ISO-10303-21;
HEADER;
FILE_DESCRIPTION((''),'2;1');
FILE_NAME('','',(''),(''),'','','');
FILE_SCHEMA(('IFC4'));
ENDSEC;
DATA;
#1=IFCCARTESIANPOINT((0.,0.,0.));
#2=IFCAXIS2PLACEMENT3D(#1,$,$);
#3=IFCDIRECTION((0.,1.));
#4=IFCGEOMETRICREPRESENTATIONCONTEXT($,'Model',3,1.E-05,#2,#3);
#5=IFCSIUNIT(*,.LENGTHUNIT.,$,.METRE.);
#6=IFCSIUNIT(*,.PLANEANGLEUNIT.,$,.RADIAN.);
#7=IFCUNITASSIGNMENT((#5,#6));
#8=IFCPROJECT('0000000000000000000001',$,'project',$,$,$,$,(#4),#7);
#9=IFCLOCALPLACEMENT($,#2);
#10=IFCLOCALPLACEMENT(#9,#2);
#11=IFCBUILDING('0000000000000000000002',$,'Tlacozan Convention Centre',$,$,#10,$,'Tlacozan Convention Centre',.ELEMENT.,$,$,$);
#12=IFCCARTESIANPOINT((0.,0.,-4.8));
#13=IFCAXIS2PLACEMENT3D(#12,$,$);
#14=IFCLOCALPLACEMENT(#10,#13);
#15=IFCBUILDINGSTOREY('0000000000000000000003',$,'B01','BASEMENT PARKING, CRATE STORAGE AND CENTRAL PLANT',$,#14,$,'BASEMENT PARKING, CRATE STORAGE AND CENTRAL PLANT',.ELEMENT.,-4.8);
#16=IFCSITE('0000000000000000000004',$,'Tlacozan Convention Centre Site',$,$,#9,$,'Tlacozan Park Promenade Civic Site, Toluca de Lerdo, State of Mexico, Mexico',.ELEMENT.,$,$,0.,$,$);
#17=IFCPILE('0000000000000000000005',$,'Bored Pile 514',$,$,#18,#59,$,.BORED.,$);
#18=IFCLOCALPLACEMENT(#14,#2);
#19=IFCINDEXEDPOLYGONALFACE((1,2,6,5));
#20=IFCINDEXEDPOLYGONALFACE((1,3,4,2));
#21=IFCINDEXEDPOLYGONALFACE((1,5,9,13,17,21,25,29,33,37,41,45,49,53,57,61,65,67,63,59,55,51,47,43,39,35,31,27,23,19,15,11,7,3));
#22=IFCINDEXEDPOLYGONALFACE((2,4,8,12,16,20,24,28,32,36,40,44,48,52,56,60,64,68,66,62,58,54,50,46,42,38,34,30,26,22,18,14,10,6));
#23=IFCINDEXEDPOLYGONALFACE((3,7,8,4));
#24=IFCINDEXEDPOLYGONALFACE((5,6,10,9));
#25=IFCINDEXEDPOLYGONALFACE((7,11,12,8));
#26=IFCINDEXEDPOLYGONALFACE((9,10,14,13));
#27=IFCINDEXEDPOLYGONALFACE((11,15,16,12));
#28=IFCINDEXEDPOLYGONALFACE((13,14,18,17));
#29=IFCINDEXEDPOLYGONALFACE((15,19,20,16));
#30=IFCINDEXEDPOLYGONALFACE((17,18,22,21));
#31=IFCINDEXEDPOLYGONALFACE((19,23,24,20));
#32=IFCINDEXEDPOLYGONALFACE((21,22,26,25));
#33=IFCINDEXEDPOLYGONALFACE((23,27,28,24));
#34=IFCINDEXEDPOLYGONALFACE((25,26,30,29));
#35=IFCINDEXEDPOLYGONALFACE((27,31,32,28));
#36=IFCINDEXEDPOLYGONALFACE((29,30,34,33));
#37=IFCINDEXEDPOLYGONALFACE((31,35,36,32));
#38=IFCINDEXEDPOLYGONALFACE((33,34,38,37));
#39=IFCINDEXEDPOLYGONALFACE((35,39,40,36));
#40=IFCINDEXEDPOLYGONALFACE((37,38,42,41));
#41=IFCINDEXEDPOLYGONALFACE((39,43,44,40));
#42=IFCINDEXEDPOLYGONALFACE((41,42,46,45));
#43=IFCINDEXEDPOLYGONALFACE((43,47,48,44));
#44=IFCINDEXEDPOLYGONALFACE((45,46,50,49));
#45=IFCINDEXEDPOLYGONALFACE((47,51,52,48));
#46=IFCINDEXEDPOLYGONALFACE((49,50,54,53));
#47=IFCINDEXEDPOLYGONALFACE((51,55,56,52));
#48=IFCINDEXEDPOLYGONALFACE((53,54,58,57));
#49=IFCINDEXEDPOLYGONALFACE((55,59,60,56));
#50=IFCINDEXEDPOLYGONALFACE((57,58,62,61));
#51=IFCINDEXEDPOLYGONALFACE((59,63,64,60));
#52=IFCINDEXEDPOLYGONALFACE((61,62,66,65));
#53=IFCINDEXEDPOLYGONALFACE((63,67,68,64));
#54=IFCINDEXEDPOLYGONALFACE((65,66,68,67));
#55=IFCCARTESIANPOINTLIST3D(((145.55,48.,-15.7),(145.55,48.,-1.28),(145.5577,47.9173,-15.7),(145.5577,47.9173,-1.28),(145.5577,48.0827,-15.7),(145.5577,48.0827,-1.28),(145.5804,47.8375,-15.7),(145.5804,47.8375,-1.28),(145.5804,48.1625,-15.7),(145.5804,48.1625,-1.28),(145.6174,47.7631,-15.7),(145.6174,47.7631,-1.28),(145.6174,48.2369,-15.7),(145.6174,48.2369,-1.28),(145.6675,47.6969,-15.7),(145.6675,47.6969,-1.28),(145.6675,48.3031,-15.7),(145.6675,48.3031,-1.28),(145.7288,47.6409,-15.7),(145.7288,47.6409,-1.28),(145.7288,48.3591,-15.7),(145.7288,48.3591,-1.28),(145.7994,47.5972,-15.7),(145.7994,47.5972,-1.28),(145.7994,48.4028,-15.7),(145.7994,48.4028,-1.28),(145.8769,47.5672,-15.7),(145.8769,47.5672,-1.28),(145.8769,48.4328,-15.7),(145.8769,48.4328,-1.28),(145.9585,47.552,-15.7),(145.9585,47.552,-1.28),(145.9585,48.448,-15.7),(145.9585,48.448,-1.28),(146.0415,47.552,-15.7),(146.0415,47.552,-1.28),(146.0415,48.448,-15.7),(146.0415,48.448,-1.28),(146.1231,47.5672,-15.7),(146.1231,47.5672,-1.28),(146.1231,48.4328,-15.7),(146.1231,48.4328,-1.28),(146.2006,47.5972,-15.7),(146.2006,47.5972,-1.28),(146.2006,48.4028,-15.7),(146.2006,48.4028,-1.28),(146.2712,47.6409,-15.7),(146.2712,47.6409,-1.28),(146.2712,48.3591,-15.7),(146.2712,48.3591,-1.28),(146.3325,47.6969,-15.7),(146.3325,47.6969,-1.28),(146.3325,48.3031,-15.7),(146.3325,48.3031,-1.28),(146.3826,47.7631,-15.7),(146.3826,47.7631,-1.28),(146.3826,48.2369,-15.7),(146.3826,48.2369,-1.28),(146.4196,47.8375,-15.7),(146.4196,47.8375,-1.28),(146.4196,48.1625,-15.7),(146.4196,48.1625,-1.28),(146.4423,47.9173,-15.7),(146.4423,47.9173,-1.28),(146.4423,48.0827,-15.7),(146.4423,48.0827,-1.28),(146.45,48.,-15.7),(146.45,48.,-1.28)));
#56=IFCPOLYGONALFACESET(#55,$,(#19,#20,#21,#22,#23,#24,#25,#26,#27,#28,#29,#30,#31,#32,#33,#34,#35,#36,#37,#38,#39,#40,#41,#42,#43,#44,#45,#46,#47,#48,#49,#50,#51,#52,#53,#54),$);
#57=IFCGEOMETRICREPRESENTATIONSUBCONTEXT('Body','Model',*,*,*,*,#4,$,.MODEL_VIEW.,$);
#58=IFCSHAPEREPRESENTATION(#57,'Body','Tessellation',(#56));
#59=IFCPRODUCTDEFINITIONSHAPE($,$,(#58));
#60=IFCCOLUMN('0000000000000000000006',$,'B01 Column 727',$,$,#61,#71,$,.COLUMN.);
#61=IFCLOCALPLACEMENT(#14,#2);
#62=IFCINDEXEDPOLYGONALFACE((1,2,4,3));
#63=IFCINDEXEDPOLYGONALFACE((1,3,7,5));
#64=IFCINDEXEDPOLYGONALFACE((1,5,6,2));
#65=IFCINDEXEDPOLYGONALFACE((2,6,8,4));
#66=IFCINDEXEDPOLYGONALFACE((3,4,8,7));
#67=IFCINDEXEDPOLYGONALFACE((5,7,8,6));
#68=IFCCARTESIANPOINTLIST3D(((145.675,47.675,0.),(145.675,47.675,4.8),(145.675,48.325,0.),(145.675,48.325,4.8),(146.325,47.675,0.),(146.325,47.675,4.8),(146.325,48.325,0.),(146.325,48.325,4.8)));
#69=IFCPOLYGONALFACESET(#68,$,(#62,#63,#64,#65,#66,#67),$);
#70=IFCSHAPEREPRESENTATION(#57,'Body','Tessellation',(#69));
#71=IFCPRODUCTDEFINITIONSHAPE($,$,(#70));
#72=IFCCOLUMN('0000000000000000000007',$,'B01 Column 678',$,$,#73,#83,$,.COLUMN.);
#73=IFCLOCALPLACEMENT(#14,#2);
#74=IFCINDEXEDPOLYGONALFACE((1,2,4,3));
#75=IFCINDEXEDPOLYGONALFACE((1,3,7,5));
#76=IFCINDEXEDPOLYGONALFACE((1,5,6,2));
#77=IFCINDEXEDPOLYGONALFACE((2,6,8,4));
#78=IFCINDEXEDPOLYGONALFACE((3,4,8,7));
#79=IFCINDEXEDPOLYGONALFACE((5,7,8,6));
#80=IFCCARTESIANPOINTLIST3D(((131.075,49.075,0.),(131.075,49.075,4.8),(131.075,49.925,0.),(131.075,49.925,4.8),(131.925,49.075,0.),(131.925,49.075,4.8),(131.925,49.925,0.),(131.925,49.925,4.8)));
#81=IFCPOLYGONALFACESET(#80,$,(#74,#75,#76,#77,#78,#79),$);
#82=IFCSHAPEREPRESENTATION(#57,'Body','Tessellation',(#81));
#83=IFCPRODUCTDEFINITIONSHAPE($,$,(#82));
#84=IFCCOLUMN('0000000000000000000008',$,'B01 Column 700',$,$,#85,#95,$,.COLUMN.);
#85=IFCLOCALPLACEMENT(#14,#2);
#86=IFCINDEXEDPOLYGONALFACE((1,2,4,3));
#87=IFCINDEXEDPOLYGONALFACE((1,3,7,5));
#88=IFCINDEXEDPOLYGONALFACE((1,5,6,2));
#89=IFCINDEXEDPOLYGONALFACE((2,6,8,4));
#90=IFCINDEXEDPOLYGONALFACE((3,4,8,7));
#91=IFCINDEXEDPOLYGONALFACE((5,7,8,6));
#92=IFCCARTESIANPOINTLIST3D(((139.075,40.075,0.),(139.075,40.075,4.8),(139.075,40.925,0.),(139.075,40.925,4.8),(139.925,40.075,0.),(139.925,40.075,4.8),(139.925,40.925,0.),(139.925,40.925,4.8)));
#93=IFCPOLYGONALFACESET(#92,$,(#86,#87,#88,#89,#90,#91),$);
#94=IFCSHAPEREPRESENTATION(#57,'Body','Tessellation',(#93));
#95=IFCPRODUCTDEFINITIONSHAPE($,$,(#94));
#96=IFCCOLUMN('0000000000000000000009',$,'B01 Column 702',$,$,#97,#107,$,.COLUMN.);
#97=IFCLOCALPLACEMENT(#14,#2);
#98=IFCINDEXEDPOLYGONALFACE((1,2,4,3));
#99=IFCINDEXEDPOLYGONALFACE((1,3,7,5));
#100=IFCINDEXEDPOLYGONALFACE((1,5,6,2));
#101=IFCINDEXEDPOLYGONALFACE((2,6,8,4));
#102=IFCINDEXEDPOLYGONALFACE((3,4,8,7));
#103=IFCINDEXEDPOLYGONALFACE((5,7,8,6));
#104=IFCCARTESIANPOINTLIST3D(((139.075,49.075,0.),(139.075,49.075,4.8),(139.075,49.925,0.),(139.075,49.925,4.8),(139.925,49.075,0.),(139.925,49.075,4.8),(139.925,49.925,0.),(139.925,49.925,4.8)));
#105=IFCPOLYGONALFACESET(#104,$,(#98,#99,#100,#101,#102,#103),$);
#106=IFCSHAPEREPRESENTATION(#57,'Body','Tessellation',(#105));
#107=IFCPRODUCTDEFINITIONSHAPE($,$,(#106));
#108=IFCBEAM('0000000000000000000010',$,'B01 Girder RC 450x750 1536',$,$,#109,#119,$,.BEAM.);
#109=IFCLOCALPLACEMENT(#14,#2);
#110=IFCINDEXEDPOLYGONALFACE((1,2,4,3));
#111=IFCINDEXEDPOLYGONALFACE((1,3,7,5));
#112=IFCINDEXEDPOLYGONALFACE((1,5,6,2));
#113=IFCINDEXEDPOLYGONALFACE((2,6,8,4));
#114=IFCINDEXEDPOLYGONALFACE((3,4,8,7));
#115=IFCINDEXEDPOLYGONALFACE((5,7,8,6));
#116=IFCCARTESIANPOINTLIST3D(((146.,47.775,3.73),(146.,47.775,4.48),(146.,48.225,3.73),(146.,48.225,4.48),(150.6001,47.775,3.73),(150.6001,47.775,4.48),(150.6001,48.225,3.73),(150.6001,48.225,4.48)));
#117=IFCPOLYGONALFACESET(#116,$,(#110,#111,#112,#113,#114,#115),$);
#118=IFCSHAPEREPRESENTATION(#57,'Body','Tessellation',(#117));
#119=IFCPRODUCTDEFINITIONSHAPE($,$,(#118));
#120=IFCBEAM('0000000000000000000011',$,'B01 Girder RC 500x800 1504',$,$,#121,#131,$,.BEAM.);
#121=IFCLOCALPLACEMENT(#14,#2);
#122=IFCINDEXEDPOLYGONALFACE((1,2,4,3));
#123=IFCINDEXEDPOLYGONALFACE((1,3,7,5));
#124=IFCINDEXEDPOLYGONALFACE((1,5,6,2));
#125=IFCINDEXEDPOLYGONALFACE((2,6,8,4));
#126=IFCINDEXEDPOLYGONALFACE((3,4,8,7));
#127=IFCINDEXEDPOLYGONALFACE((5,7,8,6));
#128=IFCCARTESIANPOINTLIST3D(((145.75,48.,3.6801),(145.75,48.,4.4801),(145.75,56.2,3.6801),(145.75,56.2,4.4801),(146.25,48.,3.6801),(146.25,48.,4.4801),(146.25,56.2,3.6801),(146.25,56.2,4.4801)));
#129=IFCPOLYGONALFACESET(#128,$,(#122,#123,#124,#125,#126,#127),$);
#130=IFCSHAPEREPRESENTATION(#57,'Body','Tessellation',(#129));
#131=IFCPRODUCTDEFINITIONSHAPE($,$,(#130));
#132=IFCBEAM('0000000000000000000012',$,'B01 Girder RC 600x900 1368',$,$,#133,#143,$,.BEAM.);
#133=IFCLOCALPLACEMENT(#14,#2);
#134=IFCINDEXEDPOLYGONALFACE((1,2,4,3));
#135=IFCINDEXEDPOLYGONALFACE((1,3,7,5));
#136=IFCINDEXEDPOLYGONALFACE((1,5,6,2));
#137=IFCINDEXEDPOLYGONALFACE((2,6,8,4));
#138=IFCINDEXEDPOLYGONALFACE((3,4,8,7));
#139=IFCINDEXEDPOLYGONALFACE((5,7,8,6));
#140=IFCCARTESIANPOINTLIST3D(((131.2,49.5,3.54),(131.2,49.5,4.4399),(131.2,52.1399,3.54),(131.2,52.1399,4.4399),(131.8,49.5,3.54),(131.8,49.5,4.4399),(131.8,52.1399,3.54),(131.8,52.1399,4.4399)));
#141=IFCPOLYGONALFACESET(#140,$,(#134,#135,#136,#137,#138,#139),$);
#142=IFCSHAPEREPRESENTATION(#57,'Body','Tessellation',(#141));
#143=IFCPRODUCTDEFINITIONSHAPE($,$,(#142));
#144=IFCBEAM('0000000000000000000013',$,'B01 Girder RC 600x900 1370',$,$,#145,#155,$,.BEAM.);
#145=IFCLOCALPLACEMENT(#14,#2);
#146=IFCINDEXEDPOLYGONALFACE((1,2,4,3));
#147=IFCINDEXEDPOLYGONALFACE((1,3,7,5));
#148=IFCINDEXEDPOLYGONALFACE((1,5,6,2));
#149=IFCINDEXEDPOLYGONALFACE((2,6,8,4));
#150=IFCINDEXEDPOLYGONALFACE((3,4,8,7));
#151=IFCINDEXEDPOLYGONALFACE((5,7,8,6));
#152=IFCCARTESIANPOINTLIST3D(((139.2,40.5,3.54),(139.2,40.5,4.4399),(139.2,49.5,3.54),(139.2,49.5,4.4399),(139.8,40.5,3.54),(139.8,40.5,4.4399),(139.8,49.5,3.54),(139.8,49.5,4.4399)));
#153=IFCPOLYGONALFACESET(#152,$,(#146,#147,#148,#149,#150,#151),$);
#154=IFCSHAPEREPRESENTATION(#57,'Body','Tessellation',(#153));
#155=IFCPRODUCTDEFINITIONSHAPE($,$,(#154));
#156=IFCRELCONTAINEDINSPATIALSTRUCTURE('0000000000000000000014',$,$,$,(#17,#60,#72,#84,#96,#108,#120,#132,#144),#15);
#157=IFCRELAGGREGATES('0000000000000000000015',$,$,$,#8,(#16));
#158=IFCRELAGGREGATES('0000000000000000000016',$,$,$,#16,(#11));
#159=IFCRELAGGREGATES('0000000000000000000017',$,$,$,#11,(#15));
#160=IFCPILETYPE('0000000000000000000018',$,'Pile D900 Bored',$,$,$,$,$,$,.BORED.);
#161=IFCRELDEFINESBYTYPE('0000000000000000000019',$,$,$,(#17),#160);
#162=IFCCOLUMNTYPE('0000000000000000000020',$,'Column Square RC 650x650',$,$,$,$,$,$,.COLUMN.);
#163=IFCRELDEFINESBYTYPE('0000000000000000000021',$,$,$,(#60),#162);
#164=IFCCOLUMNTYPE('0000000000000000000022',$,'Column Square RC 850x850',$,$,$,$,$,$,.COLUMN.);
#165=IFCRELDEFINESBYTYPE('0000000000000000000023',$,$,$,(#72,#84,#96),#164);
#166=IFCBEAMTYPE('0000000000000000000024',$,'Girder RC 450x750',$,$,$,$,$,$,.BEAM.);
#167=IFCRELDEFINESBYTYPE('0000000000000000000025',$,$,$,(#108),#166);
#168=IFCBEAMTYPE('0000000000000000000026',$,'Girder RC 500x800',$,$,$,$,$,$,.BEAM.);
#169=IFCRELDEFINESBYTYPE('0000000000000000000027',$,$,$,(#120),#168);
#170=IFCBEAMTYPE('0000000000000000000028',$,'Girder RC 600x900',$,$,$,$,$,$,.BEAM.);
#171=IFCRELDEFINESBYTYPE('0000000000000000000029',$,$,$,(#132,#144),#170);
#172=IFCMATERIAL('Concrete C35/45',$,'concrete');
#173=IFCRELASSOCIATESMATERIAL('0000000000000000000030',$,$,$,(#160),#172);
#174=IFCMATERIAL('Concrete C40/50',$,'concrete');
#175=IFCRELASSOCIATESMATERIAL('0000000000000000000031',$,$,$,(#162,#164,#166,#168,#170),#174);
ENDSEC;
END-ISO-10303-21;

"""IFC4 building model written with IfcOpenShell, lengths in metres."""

from ifc_helpers import new_model, si_unit, direction, frame, origin, origin_2d, place, context, subcontext, project, spatial, rectangle, circle, extrude, material, material_profile, profile_set, type_object, element, save


model = new_model("IFC4")

# Units and contexts
model_context = context("Model", 3, precision=1e-05, world=origin(), true_north=direction((0.0, 1.0)))
body_context = subcontext(model_context, "Body", "Model", "MODEL_VIEW")
ifc_project = project(units=[si_unit("LENGTHUNIT", "METRE"), si_unit("PLANEANGLEUNIT", "RADIAN")], contexts=[model_context])

# Site, building, storey
site_placement = place(None, origin())
site = spatial("IfcSite", under=ifc_project, at=site_placement, Name="Tlacozan Convention Centre Site", LongName="Tlacozan Park Promenade Civic Site, Toluca de Lerdo, State of Mexico, Mexico", CompositionType="ELEMENT", RefElevation=0.0)
building_placement = place(site_placement, origin())
building = spatial("IfcBuilding", under=site, at=building_placement, Name="Tlacozan Convention Centre", LongName="Tlacozan Convention Centre", CompositionType="ELEMENT")
storey_placement = place(building_placement, frame((0.0, 0.0, -4.8)))
storey = spatial("IfcBuildingStorey", under=building, at=storey_placement, Name="B01", Description="BASEMENT PARKING, CRATE STORAGE AND CENTRAL PLANT", LongName="BASEMENT PARKING, CRATE STORAGE AND CENTRAL PLANT", CompositionType="ELEMENT", Elevation=-4.8)

# Shared definitions
ifc_material_1 = material(Name="Concrete C35/45", Category="concrete")

# Pile
ifc_material_profile_1 = material_profile(ifc_material_1, circle(Radius=0.45, at=origin_2d()), Name="PILE D900")
ifc_profile_set_1 = profile_set([ifc_material_profile_1], Name="Concrete C35/45")
pile_type_1 = type_object("IfcPileType", Name="Pile D900 Bored", PredefinedType="BORED", material=ifc_profile_set_1)
pile_placement = place(storey_placement, frame((146.0, 48.0, -1.28), z_axis=(0.0, 0.0, -1.0), x_axis=(1.0, 0.0, 0.0)))
element("IfcPile", 1, at=pile_placement, inside=storey, type_object=pile_type_1, Name="Bored Pile 514", PredefinedType="BORED", context=body_context, shape_type="SweptSolid", body=[
    extrude(circle(Radius=0.45, at=origin_2d()), origin(), (0.0, 0.0, 1.0), 14.4199),
])

# Columns
ifc_material_2 = material(Name="Concrete C40/50", Category="concrete")
ifc_material_profile_2 = material_profile(ifc_material_2, rectangle(XDim=0.6499, YDim=0.6499, at=origin_2d()), Name="RC 650x650")
ifc_profile_set_2 = profile_set([ifc_material_profile_2], Name="Concrete C40/50")
column_type_1 = type_object("IfcColumnType", Name="Column Square RC 650x650", PredefinedType="COLUMN", material=ifc_profile_set_2)
column_placement = place(storey_placement, frame((146.0, 48.0, 0.0), z_axis=(0.0, 0.0, 1.0), x_axis=(1.0, 0.0, 0.0)))
element("IfcColumn", 2, at=column_placement, inside=storey, type_object=column_type_1, Name="B01 Column 727", PredefinedType="COLUMN", context=body_context, shape_type="SweptSolid", body=[
    extrude(rectangle(XDim=0.6499, YDim=0.6499, at=origin_2d()), origin(), (0.0, 0.0, 1.0), 4.8),
])
ifc_material_profile_3 = material_profile(ifc_material_2, rectangle(XDim=0.8501, YDim=0.8501, at=origin_2d()), Name="RC 850x850")
ifc_profile_set_3 = profile_set([ifc_material_profile_3], Name="Concrete C40/50")
column_type_2 = type_object("IfcColumnType", Name="Column Square RC 850x850", PredefinedType="COLUMN", material=ifc_profile_set_3)
for number, where, z_axis, x_axis, name in (
    (3, (131.5, 49.5, 0.0), (0.0, 0.0, 1.0), (1.0, 0.0, 0.0), "B01 Column 678"),
    (4, (139.5, 40.5, 0.0), (0.0, 0.0, 1.0), (1.0, 0.0, 0.0), "B01 Column 700"),
    (5, (139.5, 49.5, 0.0), (0.0, 0.0, 1.0), (1.0, 0.0, 0.0), "B01 Column 702"),
):
    element("IfcColumn", number, at=place(storey_placement, frame(where, z_axis=z_axis, x_axis=x_axis)), inside=storey, type_object=column_type_2, Name=name, PredefinedType="COLUMN", context=body_context, shape_type="SweptSolid", body=[
        extrude(rectangle(XDim=0.8501, YDim=0.8501, at=origin_2d()), origin(), (0.0, 0.0, 1.0), 4.8),
    ])

# Beams
ifc_material_profile_4 = material_profile(ifc_material_2, rectangle(XDim=0.45, YDim=0.75, at=origin_2d()), Name="RC 450x750")
ifc_profile_set_4 = profile_set([ifc_material_profile_4], Name="Concrete C40/50")
beam_type_1 = type_object("IfcBeamType", Name="Girder RC 450x750", PredefinedType="BEAM", material=ifc_profile_set_4)
beam_1_placement = place(storey_placement, frame((146.0, 48.0, 4.105), z_axis=(1.0, 0.0, 0.0), x_axis=(0.0, 1.0, 0.0)))
element("IfcBeam", 6, at=beam_1_placement, inside=storey, type_object=beam_type_1, Name="B01 Girder RC 450x750 1536", PredefinedType="BEAM", context=body_context, shape_type="SweptSolid", body=[
    extrude(rectangle(XDim=0.45, YDim=0.75, at=origin_2d()), origin(), (0.0, 0.0, 1.0), 4.6001),
])
ifc_material_profile_5 = material_profile(ifc_material_2, rectangle(XDim=0.5, YDim=0.8, at=origin_2d()), Name="RC 500x800")
ifc_profile_set_5 = profile_set([ifc_material_profile_5], Name="Concrete C40/50")
beam_type_2 = type_object("IfcBeamType", Name="Girder RC 500x800", PredefinedType="BEAM", material=ifc_profile_set_5)
beam_2_placement = place(storey_placement, frame((146.0, 48.0, 4.0801), z_axis=(0.0, 1.0, 0.0), x_axis=(-1.0, 0.0, 0.0)))
element("IfcBeam", 7, at=beam_2_placement, inside=storey, type_object=beam_type_2, Name="B01 Girder RC 500x800 1504", PredefinedType="BEAM", context=body_context, shape_type="SweptSolid", body=[
    extrude(rectangle(XDim=0.5, YDim=0.8, at=origin_2d()), origin(), (0.0, 0.0, 1.0), 8.2),
])
ifc_material_profile_6 = material_profile(ifc_material_2, rectangle(XDim=0.6001, YDim=0.8999, at=origin_2d()), Name="RC 600x900")
ifc_profile_set_6 = profile_set([ifc_material_profile_6], Name="Concrete C40/50")
beam_type_3 = type_object("IfcBeamType", Name="Girder RC 600x900", PredefinedType="BEAM", material=ifc_profile_set_6)
beam_3_placement = place(storey_placement, frame((131.5, 49.5, 3.99), z_axis=(0.0, 1.0, 0.0), x_axis=(-1.0, 0.0, 0.0)))
element("IfcBeam", 8, at=beam_3_placement, inside=storey, type_object=beam_type_3, Name="B01 Girder RC 600x900 1368", PredefinedType="BEAM", context=body_context, shape_type="SweptSolid", body=[
    extrude(rectangle(XDim=0.6001, YDim=0.8999, at=origin_2d()), origin(), (0.0, 0.0, 1.0), 2.6399),
])
beam_4_placement = place(storey_placement, frame((139.5, 40.5, 3.99), z_axis=(0.0, 1.0, 0.0), x_axis=(-1.0, 0.0, 0.0)))
element("IfcBeam", 9, at=beam_4_placement, inside=storey, type_object=beam_type_3, Name="B01 Girder RC 600x900 1370", PredefinedType="BEAM", context=body_context, shape_type="SweptSolid", body=[
    extrude(rectangle(XDim=0.6001, YDim=0.8999, at=origin_2d()), origin(), (0.0, 0.0, 1.0), 9.0),
])

save(model, "model.ifc")
